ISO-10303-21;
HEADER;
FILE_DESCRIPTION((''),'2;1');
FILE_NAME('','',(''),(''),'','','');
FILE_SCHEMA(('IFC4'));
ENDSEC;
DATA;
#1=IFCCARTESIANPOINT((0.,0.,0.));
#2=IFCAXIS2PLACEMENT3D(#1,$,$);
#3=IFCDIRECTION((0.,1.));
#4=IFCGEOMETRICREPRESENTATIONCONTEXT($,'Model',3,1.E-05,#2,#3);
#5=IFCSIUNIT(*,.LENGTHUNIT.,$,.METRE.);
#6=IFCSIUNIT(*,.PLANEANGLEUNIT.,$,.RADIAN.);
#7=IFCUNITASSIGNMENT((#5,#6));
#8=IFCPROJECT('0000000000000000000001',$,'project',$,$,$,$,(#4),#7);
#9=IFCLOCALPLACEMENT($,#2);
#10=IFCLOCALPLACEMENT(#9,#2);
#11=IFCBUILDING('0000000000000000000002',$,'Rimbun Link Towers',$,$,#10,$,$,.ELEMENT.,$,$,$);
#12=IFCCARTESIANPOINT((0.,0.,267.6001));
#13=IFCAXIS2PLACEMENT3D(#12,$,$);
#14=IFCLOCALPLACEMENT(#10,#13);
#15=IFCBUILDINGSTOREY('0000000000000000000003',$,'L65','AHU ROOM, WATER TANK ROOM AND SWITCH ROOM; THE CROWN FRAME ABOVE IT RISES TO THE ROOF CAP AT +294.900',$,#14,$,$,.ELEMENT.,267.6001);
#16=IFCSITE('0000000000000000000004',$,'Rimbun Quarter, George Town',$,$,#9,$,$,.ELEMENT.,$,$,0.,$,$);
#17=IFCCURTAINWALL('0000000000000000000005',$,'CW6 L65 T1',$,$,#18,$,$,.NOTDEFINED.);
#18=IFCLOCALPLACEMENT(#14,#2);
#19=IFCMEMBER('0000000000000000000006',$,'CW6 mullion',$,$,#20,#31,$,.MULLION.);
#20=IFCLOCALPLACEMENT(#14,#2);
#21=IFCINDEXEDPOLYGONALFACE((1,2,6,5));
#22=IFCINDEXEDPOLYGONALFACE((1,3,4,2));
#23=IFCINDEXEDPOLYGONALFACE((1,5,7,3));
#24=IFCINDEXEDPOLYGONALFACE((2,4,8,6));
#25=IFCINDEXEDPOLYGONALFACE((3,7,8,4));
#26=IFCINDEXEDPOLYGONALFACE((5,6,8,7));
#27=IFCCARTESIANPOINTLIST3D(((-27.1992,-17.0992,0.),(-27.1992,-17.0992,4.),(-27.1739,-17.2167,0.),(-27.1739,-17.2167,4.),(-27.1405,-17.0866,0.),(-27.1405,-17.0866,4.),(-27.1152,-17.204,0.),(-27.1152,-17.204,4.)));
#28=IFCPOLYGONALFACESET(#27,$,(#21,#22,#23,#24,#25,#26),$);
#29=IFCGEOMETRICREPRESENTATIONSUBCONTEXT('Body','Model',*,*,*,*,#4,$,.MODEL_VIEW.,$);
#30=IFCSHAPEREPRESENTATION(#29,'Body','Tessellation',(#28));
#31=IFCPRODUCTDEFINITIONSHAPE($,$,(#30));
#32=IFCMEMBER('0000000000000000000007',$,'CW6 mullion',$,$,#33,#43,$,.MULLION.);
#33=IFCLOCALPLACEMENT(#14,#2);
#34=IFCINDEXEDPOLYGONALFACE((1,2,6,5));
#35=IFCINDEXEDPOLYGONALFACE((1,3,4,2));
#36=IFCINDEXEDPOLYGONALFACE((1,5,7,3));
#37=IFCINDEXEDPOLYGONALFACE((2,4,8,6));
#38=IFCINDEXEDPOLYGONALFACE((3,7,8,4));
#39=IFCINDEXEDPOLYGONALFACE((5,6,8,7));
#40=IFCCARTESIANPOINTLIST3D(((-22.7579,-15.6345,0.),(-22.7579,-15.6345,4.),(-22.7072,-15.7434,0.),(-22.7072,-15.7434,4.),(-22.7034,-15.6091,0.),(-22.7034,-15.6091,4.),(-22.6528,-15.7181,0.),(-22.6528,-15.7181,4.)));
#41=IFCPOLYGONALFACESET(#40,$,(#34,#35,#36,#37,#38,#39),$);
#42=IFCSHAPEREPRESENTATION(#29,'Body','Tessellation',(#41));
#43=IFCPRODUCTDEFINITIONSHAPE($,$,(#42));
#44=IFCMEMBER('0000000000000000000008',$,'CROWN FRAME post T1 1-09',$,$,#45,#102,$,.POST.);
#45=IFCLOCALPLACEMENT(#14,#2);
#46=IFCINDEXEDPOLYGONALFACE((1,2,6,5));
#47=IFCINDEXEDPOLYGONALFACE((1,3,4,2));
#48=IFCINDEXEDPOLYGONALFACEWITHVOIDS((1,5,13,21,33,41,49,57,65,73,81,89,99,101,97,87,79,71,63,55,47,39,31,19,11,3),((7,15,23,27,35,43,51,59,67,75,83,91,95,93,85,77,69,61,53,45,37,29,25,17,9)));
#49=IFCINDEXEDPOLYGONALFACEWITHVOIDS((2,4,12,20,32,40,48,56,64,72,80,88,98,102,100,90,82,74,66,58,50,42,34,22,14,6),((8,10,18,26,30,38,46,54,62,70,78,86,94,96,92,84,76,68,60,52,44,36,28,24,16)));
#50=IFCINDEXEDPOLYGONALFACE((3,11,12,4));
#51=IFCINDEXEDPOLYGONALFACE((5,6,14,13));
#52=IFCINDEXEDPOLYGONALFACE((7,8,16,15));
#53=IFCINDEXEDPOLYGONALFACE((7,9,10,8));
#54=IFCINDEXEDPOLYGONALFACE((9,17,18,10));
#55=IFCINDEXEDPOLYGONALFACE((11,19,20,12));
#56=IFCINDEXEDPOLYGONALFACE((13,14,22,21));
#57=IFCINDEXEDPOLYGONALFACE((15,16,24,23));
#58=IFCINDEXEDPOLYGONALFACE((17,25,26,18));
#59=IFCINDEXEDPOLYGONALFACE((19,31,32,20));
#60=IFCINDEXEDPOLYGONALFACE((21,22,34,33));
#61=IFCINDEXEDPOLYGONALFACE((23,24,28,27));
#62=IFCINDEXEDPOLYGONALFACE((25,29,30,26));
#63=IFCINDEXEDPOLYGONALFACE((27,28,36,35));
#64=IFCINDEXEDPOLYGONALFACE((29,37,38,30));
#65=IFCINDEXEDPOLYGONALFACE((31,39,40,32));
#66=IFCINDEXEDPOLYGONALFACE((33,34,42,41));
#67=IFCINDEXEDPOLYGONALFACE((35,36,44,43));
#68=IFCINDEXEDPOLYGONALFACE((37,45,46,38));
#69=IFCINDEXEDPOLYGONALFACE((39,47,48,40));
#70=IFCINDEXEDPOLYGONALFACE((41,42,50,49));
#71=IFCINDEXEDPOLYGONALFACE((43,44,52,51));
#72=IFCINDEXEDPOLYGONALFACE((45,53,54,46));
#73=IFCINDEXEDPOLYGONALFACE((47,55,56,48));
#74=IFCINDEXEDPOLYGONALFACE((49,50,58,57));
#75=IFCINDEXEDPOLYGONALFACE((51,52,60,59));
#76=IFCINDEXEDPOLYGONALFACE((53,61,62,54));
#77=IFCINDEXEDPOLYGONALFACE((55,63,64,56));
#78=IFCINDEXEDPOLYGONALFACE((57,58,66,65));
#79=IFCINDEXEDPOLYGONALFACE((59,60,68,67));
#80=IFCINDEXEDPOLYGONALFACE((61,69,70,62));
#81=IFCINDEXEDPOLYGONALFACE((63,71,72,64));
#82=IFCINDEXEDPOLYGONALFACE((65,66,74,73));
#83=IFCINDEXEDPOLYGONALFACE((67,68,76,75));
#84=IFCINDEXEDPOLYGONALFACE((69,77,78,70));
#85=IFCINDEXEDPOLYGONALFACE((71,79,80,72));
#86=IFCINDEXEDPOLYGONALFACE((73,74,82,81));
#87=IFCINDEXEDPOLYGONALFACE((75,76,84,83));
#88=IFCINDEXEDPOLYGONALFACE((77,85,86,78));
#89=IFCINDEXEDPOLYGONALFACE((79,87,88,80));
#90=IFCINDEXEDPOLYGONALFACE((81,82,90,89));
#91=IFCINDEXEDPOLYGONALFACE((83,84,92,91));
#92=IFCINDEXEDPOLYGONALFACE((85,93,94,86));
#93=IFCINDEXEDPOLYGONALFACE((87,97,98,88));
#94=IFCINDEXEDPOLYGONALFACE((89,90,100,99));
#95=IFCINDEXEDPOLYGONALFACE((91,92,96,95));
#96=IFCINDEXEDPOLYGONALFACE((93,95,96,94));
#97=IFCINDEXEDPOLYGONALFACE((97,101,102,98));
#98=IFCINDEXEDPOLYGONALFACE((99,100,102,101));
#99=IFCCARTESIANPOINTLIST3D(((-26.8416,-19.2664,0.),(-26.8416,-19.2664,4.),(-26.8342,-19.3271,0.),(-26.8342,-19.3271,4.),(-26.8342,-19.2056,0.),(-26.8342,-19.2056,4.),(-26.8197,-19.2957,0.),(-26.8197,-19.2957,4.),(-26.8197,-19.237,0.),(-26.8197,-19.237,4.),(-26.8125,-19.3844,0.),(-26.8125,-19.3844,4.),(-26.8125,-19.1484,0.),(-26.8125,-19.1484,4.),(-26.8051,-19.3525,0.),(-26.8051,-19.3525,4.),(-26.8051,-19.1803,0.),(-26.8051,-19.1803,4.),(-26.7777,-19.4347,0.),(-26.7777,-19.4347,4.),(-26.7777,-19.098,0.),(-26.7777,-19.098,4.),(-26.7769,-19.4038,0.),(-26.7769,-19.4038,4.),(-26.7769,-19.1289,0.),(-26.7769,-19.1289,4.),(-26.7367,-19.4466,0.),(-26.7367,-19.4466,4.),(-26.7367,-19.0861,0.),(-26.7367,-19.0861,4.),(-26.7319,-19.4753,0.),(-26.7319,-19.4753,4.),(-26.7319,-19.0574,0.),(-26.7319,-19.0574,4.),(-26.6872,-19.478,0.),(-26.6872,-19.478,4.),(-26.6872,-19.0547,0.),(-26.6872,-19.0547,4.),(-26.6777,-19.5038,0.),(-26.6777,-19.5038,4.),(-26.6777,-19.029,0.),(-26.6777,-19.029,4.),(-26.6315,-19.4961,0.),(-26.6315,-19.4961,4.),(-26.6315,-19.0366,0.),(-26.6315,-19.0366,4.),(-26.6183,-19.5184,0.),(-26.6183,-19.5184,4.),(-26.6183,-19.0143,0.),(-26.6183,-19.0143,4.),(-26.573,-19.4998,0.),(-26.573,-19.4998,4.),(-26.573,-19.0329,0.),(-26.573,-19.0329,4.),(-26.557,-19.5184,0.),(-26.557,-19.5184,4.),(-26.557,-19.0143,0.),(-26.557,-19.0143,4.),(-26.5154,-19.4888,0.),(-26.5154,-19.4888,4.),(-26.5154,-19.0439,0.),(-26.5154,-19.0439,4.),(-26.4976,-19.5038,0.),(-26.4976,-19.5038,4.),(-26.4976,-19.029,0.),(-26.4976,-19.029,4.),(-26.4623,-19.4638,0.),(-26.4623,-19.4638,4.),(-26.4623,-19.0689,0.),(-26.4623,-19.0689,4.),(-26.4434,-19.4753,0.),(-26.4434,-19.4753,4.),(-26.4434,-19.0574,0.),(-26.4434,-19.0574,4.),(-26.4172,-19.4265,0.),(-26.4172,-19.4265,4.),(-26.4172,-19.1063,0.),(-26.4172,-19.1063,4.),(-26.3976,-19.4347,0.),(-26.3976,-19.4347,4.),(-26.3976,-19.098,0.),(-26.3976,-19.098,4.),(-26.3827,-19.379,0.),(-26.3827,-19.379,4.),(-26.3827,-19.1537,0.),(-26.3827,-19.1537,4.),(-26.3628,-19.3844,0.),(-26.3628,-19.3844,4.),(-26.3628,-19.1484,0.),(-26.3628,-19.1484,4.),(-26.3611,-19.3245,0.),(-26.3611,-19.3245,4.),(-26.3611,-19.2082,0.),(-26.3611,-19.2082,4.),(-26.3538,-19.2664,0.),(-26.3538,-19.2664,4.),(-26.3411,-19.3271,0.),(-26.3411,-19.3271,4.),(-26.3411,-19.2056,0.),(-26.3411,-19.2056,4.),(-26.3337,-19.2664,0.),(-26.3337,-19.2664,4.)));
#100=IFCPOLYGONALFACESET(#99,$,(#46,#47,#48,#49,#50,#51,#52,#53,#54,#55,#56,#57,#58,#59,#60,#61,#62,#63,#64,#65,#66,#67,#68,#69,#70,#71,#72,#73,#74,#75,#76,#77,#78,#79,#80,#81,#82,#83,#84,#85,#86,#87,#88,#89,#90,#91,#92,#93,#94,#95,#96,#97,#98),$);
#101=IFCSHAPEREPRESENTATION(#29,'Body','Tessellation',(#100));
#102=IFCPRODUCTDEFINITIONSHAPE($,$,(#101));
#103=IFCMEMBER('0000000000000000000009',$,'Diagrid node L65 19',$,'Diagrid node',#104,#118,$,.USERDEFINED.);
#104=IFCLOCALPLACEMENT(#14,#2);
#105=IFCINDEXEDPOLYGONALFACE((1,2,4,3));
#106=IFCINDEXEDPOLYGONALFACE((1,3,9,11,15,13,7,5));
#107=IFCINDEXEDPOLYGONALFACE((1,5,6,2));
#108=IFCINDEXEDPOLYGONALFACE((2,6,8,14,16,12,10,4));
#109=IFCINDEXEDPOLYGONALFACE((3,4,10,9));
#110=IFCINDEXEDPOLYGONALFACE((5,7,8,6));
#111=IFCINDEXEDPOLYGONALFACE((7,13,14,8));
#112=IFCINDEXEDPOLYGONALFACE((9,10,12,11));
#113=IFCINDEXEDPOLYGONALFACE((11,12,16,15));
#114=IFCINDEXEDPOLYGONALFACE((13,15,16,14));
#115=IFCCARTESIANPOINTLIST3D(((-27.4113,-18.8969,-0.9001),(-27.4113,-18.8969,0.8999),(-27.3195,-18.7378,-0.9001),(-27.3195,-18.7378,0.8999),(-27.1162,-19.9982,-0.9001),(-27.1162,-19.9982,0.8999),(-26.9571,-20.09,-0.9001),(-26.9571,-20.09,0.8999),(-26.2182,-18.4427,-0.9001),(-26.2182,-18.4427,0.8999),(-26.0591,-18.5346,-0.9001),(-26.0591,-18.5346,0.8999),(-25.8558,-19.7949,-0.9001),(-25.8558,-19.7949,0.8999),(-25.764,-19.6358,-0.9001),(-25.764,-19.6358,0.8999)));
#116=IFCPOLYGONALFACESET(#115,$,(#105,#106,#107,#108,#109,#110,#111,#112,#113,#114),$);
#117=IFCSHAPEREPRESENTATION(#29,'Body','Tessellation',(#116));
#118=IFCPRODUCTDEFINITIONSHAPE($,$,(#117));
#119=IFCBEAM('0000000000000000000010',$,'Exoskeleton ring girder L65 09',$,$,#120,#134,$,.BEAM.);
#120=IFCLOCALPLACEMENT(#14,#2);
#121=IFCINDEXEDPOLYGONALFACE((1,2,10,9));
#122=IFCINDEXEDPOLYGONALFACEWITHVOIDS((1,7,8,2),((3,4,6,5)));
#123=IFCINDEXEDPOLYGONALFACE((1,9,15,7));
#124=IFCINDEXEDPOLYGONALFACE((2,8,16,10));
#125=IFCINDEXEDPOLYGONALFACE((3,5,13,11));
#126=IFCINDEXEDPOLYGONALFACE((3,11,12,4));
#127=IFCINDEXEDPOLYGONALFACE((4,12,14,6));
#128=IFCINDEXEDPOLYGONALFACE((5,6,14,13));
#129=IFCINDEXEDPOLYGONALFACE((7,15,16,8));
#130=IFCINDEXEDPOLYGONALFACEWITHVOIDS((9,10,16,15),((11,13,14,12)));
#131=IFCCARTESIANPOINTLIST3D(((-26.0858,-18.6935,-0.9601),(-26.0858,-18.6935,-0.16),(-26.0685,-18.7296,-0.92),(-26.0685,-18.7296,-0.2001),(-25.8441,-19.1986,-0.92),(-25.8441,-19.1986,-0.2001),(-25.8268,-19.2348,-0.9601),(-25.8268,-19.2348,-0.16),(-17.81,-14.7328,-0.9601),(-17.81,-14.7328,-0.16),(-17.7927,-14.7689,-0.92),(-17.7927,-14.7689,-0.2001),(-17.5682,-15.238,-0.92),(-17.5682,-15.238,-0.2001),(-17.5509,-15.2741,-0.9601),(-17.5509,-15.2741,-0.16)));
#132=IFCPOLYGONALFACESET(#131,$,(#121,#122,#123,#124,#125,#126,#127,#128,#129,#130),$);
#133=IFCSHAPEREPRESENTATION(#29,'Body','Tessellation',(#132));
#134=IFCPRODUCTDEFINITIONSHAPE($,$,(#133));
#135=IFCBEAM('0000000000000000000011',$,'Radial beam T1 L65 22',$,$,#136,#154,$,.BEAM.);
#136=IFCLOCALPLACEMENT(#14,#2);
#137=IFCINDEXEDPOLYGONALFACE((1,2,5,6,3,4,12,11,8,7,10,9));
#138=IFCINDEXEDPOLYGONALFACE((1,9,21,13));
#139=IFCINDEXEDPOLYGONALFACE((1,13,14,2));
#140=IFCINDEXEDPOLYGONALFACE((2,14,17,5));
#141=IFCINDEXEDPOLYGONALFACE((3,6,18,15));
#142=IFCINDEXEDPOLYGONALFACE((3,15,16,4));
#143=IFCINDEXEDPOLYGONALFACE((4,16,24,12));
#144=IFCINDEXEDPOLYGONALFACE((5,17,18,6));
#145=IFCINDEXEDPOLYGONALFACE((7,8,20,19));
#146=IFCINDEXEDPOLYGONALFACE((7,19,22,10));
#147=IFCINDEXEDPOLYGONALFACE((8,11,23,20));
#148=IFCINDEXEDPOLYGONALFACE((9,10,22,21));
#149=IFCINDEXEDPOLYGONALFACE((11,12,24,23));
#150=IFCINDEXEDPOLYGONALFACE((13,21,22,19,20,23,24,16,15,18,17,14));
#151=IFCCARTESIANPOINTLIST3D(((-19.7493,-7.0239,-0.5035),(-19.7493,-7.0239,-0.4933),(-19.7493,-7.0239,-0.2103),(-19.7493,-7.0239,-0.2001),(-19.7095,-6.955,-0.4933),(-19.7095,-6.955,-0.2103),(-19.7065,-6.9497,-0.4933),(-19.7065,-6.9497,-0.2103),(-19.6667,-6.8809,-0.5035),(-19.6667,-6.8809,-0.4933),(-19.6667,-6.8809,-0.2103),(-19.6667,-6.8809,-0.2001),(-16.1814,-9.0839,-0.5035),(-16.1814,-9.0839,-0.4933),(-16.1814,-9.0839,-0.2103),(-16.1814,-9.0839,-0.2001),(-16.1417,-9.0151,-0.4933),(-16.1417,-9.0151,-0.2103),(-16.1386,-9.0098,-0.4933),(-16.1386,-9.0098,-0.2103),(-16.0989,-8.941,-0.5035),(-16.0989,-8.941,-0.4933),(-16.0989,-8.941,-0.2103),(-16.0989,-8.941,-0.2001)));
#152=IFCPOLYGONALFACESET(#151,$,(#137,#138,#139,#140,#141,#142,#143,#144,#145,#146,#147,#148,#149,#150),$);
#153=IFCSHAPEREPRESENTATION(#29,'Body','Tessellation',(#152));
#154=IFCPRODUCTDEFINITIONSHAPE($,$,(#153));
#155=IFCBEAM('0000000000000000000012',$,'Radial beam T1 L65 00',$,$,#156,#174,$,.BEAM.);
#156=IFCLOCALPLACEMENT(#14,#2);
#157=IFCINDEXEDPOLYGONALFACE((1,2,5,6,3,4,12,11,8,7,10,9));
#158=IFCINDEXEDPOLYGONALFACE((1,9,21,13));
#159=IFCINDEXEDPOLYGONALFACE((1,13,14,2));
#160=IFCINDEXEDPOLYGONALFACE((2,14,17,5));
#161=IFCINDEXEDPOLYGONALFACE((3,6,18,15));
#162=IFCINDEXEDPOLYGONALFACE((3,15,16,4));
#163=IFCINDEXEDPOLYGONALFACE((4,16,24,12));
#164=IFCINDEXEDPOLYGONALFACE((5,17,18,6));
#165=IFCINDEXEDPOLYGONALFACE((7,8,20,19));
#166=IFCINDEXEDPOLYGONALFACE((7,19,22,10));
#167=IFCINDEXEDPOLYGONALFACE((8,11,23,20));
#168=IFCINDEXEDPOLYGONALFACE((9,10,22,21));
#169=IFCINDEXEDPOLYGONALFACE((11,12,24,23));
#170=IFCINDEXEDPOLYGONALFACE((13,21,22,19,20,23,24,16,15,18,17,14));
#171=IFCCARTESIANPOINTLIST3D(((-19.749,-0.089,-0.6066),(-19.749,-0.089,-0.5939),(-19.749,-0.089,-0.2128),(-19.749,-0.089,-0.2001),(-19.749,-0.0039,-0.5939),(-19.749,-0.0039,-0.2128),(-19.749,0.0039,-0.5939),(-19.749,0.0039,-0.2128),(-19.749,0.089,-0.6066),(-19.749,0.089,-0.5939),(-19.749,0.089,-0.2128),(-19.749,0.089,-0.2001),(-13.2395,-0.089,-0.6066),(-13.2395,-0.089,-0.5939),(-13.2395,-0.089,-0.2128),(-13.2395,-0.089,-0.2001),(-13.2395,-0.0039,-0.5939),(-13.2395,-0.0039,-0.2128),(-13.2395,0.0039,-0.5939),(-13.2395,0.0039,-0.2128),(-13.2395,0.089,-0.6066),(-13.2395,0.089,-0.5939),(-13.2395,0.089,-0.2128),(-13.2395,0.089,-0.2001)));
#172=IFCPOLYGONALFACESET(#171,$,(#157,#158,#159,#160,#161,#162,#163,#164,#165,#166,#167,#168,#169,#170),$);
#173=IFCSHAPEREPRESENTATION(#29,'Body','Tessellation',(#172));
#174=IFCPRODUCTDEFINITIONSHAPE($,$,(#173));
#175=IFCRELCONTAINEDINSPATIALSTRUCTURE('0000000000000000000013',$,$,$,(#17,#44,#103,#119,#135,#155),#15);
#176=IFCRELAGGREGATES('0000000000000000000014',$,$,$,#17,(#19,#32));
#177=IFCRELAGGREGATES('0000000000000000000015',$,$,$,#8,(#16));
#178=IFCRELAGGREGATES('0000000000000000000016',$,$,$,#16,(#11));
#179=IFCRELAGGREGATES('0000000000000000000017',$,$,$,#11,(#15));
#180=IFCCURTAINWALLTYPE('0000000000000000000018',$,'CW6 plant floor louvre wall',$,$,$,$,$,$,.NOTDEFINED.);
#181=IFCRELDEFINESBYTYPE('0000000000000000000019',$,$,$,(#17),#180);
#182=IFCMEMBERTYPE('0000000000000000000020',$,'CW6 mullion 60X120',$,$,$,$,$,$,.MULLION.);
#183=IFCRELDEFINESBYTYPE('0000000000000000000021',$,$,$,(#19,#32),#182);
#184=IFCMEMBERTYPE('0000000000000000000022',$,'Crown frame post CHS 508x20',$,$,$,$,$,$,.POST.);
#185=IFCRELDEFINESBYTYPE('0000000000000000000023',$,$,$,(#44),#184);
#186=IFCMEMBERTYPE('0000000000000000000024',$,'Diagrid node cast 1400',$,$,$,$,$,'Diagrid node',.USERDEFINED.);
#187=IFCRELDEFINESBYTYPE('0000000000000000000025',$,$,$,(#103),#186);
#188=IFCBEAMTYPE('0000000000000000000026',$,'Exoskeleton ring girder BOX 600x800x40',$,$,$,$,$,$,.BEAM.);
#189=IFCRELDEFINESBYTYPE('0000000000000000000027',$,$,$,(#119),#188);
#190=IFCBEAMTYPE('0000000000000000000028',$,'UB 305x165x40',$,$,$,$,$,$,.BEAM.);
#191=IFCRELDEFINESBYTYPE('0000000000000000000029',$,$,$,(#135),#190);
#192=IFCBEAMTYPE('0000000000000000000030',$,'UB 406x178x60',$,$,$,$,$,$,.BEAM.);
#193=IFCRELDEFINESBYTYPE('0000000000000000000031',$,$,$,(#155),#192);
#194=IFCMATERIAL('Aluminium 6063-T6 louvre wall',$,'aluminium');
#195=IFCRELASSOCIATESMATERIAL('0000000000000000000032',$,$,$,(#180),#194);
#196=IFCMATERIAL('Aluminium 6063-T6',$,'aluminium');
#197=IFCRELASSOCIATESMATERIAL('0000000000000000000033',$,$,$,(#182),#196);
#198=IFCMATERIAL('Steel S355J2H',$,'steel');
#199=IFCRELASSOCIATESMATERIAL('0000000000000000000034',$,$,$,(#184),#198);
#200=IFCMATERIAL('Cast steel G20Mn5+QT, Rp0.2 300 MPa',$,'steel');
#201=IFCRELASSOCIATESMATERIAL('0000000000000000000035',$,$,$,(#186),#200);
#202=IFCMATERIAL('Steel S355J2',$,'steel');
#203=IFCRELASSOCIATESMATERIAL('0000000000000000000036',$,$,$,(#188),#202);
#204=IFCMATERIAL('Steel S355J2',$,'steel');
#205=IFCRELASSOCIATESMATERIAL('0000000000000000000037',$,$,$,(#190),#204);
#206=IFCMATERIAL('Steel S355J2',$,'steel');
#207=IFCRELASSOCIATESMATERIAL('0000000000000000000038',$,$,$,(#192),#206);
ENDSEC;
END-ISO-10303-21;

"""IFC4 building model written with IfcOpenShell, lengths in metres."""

from ifc_helpers import new_model, si_unit, direction, frame, origin, origin_2d, place, context, subcontext, project, spatial, polyline, rectangle, hollow_rectangle, hollow_circle, i_section, outline, extrude, material, material_profile, profile_set, type_object, element, aggregate, save


model = new_model("IFC4")

# Units and contexts
model_context = context("Model", 3, precision=1e-05, world=origin(), true_north=direction((0.0, 1.0)))
body_context = subcontext(model_context, "Body", "Model", "MODEL_VIEW")
ifc_project = project(units=[si_unit("LENGTHUNIT", "METRE"), si_unit("PLANEANGLEUNIT", "RADIAN")], contexts=[model_context])

# Site, building, storey
site_placement = place(None, origin())
site = spatial("IfcSite", under=ifc_project, at=site_placement, Name="Rimbun Quarter, George Town", CompositionType="ELEMENT", RefElevation=0.0)
building_placement = place(site_placement, origin())
building = spatial("IfcBuilding", under=site, at=building_placement, Name="Rimbun Link Towers", CompositionType="ELEMENT")
storey_placement = place(building_placement, frame((0.0, 0.0, 267.6001)))
storey = spatial("IfcBuildingStorey", under=building, at=storey_placement, Name="L65", Description="AHU ROOM, WATER TANK ROOM AND SWITCH ROOM; THE CROWN FRAME ABOVE IT RISES TO THE ROOF CAP AT +294.900", CompositionType="ELEMENT", Elevation=267.6001)

# Curtain wall, members
ifc_material_1 = material(Name="Aluminium 6063-T6 louvre wall", Category="aluminium")
curtain_wall_type = type_object("IfcCurtainWallType", Name="CW6 plant floor louvre wall", PredefinedType="NOTDEFINED", material=ifc_material_1)
curtain_wall_placement = place(storey_placement, origin())
curtain_wall = element("IfcCurtainWall", 1, at=curtain_wall_placement, inside=storey, type_object=curtain_wall_type, Name="CW6 L65 T1", PredefinedType="NOTDEFINED")
ifc_material_2 = material(Name="Aluminium 6063-T6", Category="aluminium")
ifc_material_profile_1 = material_profile(ifc_material_2, rectangle(XDim=0.1201, YDim=0.0601, at=origin_2d()), Name="MULLION 60X120")
ifc_profile_set_1 = profile_set([ifc_material_profile_1], Name="Aluminium 6063-T6")
member_type_1 = type_object("IfcMemberType", Name="CW6 mullion 60X120", PredefinedType="MULLION", material=ifc_profile_set_1)
member_1_placement = place(storey_placement, frame((-27.1572, -17.1516, 0.0), z_axis=(0.0, 0.0, 1.0), x_axis=(0.210863, -0.977516, 0.0)))
member_1 = element("IfcMember", 2, at=member_1_placement, type_object=member_type_1, Name="CW6 mullion", PredefinedType="MULLION", context=body_context, shape_type="SweptSolid", body=[
    extrude(rectangle(XDim=0.1201, YDim=0.0601, at=origin_2d()), origin(), (0.0, 0.0, 1.0), 4.0),
])
member_2_placement = place(storey_placement, frame((-22.7053, -15.6763, 0.0), z_axis=(0.0, 0.0, 1.0), x_axis=(0.421709, -0.906731, 0.0)))
member_2 = element("IfcMember", 3, at=member_2_placement, type_object=member_type_1, Name="CW6 mullion", PredefinedType="MULLION", context=body_context, shape_type="SweptSolid", body=[
    extrude(rectangle(XDim=0.1201, YDim=0.0601, at=origin_2d()), origin(), (0.0, 0.0, 1.0), 4.0),
])

# Members
ifc_material_3 = material(Name="Steel S355J2H", Category="steel")
ifc_material_profile_2 = material_profile(ifc_material_3, hollow_circle(Radius=0.2539, WallThickness=0.02, at=origin_2d()), Name="Crown frame post CHS 508x20")
ifc_profile_set_2 = profile_set([ifc_material_profile_2], Name="Steel S355J2H")
member_type_2 = type_object("IfcMemberType", Name="Crown frame post CHS 508x20", PredefinedType="POST", material=ifc_profile_set_2)
member_3_placement = place(storey_placement, frame((-26.5876, -19.2664, 0.0), z_axis=(0.0, 0.0, 1.0), x_axis=(1.0, 0.0, 0.0)))
element("IfcMember", 4, at=member_3_placement, inside=storey, type_object=member_type_2, Name="CROWN FRAME post T1 1-09", PredefinedType="POST", context=body_context, shape_type="SweptSolid", body=[
    extrude(hollow_circle(Radius=0.2539, WallThickness=0.02, at=origin_2d()), origin(), (0.0, 0.0, 1.0), 4.0),
])
ifc_material_4 = material(Name="Cast steel G20Mn5+QT, Rp0.2 300 MPa", Category="steel")
ifc_material_profile_3 = material_profile(ifc_material_4, outline(polyline([(0.7, -0.5701), (0.7, 0.5701), (0.5701, 0.7), (-0.5701, 0.7), (-0.7, 0.5701), (-0.7, -0.5701), (-0.5701, -0.7), (0.5701, -0.7), (0.7, -0.5701)])), Name="NODE 1400x1400")
ifc_profile_set_3 = profile_set([ifc_material_profile_3], Name="Cast steel G20Mn5+QT, Rp0.2 300 MPa")
member_type_3 = type_object("IfcMemberType", Name="Diagrid node cast 1400", ElementType="Diagrid node", PredefinedType="USERDEFINED", material=ifc_profile_set_3)
member_4_placement = place(storey_placement, frame((-26.5876, -19.2664, -0.9001), z_axis=(0.0, 0.0, 1.0), x_axis=(0.258819, -0.965926, 0.0)))
element("IfcMember", 5, at=member_4_placement, inside=storey, type_object=member_type_3, Name="Diagrid node L65 19", ObjectType="Diagrid node", PredefinedType="USERDEFINED", context=body_context, shape_type="SweptSolid", body=[
    extrude(outline(polyline([(0.7, -0.5701), (0.7, 0.5701), (0.5701, 0.7), (-0.5701, 0.7), (-0.7, 0.5701), (-0.7, -0.5701), (-0.5701, -0.7), (0.5701, -0.7), (0.7, -0.5701)])), origin(), (0.0, 0.0, 1.0), 1.8),
])

# Beams
ifc_material_5 = material(Name="Steel S355J2", Category="steel")
ifc_material_profile_4 = material_profile(ifc_material_5, hollow_rectangle(XDim=0.6001, YDim=0.8, WallThickness=0.04, at=origin_2d()), Name="Exoskeleton ring girder BOX 600x800x40")
ifc_profile_set_4 = profile_set([ifc_material_profile_4], Name="Steel S355J2")
beam_type_1 = type_object("IfcBeamType", Name="Exoskeleton ring girder BOX 600x800x40", PredefinedType="BEAM", material=ifc_profile_set_4)
beam_1_placement = place(storey_placement, frame((-25.9563, -18.9641, -0.5601), z_axis=(0.902021, 0.431692, 0.0), x_axis=(-0.431692, 0.902021, 0.0)))
element("IfcBeam", 6, at=beam_1_placement, inside=storey, type_object=beam_type_1, Name="Exoskeleton ring girder L65 09", PredefinedType="BEAM", context=body_context, shape_type="SweptSolid", body=[
    extrude(hollow_rectangle(XDim=0.6001, YDim=0.8, WallThickness=0.04, at=origin_2d()), origin(), (0.0, 0.0, 1.0), 9.1748),
])
ifc_material_6 = material(Name="Steel S355J2", Category="steel")
ifc_material_profile_5 = material_profile(ifc_material_6, i_section(OverallWidth=0.165, OverallDepth=0.3035, WebThickness=0.0061, FlangeThickness=0.0103, at=origin_2d()), Name="UB 305x165x40")
ifc_profile_set_5 = profile_set([ifc_material_profile_5], Name="Steel S355J2")
beam_type_2 = type_object("IfcBeamType", Name="UB 305x165x40", PredefinedType="BEAM", material=ifc_profile_set_5)
beam_2_placement = place(storey_placement, frame((-19.708, -6.9524, -0.3518), z_axis=(0.86601, -0.500027, 0.0), x_axis=(0.500027, 0.86601, 0.0)))
element("IfcBeam", 7, at=beam_2_placement, inside=storey, type_object=beam_type_2, Name="Radial beam T1 L65 22", PredefinedType="BEAM", context=body_context, shape_type="SweptSolid", body=[
    extrude(i_section(OverallWidth=0.165, OverallDepth=0.3035, WebThickness=0.0061, FlangeThickness=0.0103, at=origin_2d()), origin(), (0.0, 0.0, 1.0), 4.1199),
])
ifc_material_7 = material(Name="Steel S355J2", Category="steel")
ifc_material_profile_6 = material_profile(ifc_material_7, i_section(OverallWidth=0.178, OverallDepth=0.4065, WebThickness=0.0078, FlangeThickness=0.0127, at=origin_2d()), Name="UB 406x178x60")
ifc_profile_set_6 = profile_set([ifc_material_profile_6], Name="Steel S355J2")
beam_type_3 = type_object("IfcBeamType", Name="UB 406x178x60", PredefinedType="BEAM", material=ifc_profile_set_6)
beam_3_placement = place(storey_placement, frame((-19.749, 0.0, -0.4033), z_axis=(1.0, 0.0, 0.0), x_axis=(0.0, 1.0, 0.0)))
element("IfcBeam", 8, at=beam_3_placement, inside=storey, type_object=beam_type_3, Name="Radial beam T1 L65 00", PredefinedType="BEAM", context=body_context, shape_type="SweptSolid", body=[
    extrude(i_section(OverallWidth=0.178, OverallDepth=0.4065, WebThickness=0.0078, FlangeThickness=0.0127, at=origin_2d()), origin(), (0.0, 0.0, 1.0), 6.5095),
])

aggregate(curtain_wall, [member_1, member_2])

save(model, "model.ifc")
